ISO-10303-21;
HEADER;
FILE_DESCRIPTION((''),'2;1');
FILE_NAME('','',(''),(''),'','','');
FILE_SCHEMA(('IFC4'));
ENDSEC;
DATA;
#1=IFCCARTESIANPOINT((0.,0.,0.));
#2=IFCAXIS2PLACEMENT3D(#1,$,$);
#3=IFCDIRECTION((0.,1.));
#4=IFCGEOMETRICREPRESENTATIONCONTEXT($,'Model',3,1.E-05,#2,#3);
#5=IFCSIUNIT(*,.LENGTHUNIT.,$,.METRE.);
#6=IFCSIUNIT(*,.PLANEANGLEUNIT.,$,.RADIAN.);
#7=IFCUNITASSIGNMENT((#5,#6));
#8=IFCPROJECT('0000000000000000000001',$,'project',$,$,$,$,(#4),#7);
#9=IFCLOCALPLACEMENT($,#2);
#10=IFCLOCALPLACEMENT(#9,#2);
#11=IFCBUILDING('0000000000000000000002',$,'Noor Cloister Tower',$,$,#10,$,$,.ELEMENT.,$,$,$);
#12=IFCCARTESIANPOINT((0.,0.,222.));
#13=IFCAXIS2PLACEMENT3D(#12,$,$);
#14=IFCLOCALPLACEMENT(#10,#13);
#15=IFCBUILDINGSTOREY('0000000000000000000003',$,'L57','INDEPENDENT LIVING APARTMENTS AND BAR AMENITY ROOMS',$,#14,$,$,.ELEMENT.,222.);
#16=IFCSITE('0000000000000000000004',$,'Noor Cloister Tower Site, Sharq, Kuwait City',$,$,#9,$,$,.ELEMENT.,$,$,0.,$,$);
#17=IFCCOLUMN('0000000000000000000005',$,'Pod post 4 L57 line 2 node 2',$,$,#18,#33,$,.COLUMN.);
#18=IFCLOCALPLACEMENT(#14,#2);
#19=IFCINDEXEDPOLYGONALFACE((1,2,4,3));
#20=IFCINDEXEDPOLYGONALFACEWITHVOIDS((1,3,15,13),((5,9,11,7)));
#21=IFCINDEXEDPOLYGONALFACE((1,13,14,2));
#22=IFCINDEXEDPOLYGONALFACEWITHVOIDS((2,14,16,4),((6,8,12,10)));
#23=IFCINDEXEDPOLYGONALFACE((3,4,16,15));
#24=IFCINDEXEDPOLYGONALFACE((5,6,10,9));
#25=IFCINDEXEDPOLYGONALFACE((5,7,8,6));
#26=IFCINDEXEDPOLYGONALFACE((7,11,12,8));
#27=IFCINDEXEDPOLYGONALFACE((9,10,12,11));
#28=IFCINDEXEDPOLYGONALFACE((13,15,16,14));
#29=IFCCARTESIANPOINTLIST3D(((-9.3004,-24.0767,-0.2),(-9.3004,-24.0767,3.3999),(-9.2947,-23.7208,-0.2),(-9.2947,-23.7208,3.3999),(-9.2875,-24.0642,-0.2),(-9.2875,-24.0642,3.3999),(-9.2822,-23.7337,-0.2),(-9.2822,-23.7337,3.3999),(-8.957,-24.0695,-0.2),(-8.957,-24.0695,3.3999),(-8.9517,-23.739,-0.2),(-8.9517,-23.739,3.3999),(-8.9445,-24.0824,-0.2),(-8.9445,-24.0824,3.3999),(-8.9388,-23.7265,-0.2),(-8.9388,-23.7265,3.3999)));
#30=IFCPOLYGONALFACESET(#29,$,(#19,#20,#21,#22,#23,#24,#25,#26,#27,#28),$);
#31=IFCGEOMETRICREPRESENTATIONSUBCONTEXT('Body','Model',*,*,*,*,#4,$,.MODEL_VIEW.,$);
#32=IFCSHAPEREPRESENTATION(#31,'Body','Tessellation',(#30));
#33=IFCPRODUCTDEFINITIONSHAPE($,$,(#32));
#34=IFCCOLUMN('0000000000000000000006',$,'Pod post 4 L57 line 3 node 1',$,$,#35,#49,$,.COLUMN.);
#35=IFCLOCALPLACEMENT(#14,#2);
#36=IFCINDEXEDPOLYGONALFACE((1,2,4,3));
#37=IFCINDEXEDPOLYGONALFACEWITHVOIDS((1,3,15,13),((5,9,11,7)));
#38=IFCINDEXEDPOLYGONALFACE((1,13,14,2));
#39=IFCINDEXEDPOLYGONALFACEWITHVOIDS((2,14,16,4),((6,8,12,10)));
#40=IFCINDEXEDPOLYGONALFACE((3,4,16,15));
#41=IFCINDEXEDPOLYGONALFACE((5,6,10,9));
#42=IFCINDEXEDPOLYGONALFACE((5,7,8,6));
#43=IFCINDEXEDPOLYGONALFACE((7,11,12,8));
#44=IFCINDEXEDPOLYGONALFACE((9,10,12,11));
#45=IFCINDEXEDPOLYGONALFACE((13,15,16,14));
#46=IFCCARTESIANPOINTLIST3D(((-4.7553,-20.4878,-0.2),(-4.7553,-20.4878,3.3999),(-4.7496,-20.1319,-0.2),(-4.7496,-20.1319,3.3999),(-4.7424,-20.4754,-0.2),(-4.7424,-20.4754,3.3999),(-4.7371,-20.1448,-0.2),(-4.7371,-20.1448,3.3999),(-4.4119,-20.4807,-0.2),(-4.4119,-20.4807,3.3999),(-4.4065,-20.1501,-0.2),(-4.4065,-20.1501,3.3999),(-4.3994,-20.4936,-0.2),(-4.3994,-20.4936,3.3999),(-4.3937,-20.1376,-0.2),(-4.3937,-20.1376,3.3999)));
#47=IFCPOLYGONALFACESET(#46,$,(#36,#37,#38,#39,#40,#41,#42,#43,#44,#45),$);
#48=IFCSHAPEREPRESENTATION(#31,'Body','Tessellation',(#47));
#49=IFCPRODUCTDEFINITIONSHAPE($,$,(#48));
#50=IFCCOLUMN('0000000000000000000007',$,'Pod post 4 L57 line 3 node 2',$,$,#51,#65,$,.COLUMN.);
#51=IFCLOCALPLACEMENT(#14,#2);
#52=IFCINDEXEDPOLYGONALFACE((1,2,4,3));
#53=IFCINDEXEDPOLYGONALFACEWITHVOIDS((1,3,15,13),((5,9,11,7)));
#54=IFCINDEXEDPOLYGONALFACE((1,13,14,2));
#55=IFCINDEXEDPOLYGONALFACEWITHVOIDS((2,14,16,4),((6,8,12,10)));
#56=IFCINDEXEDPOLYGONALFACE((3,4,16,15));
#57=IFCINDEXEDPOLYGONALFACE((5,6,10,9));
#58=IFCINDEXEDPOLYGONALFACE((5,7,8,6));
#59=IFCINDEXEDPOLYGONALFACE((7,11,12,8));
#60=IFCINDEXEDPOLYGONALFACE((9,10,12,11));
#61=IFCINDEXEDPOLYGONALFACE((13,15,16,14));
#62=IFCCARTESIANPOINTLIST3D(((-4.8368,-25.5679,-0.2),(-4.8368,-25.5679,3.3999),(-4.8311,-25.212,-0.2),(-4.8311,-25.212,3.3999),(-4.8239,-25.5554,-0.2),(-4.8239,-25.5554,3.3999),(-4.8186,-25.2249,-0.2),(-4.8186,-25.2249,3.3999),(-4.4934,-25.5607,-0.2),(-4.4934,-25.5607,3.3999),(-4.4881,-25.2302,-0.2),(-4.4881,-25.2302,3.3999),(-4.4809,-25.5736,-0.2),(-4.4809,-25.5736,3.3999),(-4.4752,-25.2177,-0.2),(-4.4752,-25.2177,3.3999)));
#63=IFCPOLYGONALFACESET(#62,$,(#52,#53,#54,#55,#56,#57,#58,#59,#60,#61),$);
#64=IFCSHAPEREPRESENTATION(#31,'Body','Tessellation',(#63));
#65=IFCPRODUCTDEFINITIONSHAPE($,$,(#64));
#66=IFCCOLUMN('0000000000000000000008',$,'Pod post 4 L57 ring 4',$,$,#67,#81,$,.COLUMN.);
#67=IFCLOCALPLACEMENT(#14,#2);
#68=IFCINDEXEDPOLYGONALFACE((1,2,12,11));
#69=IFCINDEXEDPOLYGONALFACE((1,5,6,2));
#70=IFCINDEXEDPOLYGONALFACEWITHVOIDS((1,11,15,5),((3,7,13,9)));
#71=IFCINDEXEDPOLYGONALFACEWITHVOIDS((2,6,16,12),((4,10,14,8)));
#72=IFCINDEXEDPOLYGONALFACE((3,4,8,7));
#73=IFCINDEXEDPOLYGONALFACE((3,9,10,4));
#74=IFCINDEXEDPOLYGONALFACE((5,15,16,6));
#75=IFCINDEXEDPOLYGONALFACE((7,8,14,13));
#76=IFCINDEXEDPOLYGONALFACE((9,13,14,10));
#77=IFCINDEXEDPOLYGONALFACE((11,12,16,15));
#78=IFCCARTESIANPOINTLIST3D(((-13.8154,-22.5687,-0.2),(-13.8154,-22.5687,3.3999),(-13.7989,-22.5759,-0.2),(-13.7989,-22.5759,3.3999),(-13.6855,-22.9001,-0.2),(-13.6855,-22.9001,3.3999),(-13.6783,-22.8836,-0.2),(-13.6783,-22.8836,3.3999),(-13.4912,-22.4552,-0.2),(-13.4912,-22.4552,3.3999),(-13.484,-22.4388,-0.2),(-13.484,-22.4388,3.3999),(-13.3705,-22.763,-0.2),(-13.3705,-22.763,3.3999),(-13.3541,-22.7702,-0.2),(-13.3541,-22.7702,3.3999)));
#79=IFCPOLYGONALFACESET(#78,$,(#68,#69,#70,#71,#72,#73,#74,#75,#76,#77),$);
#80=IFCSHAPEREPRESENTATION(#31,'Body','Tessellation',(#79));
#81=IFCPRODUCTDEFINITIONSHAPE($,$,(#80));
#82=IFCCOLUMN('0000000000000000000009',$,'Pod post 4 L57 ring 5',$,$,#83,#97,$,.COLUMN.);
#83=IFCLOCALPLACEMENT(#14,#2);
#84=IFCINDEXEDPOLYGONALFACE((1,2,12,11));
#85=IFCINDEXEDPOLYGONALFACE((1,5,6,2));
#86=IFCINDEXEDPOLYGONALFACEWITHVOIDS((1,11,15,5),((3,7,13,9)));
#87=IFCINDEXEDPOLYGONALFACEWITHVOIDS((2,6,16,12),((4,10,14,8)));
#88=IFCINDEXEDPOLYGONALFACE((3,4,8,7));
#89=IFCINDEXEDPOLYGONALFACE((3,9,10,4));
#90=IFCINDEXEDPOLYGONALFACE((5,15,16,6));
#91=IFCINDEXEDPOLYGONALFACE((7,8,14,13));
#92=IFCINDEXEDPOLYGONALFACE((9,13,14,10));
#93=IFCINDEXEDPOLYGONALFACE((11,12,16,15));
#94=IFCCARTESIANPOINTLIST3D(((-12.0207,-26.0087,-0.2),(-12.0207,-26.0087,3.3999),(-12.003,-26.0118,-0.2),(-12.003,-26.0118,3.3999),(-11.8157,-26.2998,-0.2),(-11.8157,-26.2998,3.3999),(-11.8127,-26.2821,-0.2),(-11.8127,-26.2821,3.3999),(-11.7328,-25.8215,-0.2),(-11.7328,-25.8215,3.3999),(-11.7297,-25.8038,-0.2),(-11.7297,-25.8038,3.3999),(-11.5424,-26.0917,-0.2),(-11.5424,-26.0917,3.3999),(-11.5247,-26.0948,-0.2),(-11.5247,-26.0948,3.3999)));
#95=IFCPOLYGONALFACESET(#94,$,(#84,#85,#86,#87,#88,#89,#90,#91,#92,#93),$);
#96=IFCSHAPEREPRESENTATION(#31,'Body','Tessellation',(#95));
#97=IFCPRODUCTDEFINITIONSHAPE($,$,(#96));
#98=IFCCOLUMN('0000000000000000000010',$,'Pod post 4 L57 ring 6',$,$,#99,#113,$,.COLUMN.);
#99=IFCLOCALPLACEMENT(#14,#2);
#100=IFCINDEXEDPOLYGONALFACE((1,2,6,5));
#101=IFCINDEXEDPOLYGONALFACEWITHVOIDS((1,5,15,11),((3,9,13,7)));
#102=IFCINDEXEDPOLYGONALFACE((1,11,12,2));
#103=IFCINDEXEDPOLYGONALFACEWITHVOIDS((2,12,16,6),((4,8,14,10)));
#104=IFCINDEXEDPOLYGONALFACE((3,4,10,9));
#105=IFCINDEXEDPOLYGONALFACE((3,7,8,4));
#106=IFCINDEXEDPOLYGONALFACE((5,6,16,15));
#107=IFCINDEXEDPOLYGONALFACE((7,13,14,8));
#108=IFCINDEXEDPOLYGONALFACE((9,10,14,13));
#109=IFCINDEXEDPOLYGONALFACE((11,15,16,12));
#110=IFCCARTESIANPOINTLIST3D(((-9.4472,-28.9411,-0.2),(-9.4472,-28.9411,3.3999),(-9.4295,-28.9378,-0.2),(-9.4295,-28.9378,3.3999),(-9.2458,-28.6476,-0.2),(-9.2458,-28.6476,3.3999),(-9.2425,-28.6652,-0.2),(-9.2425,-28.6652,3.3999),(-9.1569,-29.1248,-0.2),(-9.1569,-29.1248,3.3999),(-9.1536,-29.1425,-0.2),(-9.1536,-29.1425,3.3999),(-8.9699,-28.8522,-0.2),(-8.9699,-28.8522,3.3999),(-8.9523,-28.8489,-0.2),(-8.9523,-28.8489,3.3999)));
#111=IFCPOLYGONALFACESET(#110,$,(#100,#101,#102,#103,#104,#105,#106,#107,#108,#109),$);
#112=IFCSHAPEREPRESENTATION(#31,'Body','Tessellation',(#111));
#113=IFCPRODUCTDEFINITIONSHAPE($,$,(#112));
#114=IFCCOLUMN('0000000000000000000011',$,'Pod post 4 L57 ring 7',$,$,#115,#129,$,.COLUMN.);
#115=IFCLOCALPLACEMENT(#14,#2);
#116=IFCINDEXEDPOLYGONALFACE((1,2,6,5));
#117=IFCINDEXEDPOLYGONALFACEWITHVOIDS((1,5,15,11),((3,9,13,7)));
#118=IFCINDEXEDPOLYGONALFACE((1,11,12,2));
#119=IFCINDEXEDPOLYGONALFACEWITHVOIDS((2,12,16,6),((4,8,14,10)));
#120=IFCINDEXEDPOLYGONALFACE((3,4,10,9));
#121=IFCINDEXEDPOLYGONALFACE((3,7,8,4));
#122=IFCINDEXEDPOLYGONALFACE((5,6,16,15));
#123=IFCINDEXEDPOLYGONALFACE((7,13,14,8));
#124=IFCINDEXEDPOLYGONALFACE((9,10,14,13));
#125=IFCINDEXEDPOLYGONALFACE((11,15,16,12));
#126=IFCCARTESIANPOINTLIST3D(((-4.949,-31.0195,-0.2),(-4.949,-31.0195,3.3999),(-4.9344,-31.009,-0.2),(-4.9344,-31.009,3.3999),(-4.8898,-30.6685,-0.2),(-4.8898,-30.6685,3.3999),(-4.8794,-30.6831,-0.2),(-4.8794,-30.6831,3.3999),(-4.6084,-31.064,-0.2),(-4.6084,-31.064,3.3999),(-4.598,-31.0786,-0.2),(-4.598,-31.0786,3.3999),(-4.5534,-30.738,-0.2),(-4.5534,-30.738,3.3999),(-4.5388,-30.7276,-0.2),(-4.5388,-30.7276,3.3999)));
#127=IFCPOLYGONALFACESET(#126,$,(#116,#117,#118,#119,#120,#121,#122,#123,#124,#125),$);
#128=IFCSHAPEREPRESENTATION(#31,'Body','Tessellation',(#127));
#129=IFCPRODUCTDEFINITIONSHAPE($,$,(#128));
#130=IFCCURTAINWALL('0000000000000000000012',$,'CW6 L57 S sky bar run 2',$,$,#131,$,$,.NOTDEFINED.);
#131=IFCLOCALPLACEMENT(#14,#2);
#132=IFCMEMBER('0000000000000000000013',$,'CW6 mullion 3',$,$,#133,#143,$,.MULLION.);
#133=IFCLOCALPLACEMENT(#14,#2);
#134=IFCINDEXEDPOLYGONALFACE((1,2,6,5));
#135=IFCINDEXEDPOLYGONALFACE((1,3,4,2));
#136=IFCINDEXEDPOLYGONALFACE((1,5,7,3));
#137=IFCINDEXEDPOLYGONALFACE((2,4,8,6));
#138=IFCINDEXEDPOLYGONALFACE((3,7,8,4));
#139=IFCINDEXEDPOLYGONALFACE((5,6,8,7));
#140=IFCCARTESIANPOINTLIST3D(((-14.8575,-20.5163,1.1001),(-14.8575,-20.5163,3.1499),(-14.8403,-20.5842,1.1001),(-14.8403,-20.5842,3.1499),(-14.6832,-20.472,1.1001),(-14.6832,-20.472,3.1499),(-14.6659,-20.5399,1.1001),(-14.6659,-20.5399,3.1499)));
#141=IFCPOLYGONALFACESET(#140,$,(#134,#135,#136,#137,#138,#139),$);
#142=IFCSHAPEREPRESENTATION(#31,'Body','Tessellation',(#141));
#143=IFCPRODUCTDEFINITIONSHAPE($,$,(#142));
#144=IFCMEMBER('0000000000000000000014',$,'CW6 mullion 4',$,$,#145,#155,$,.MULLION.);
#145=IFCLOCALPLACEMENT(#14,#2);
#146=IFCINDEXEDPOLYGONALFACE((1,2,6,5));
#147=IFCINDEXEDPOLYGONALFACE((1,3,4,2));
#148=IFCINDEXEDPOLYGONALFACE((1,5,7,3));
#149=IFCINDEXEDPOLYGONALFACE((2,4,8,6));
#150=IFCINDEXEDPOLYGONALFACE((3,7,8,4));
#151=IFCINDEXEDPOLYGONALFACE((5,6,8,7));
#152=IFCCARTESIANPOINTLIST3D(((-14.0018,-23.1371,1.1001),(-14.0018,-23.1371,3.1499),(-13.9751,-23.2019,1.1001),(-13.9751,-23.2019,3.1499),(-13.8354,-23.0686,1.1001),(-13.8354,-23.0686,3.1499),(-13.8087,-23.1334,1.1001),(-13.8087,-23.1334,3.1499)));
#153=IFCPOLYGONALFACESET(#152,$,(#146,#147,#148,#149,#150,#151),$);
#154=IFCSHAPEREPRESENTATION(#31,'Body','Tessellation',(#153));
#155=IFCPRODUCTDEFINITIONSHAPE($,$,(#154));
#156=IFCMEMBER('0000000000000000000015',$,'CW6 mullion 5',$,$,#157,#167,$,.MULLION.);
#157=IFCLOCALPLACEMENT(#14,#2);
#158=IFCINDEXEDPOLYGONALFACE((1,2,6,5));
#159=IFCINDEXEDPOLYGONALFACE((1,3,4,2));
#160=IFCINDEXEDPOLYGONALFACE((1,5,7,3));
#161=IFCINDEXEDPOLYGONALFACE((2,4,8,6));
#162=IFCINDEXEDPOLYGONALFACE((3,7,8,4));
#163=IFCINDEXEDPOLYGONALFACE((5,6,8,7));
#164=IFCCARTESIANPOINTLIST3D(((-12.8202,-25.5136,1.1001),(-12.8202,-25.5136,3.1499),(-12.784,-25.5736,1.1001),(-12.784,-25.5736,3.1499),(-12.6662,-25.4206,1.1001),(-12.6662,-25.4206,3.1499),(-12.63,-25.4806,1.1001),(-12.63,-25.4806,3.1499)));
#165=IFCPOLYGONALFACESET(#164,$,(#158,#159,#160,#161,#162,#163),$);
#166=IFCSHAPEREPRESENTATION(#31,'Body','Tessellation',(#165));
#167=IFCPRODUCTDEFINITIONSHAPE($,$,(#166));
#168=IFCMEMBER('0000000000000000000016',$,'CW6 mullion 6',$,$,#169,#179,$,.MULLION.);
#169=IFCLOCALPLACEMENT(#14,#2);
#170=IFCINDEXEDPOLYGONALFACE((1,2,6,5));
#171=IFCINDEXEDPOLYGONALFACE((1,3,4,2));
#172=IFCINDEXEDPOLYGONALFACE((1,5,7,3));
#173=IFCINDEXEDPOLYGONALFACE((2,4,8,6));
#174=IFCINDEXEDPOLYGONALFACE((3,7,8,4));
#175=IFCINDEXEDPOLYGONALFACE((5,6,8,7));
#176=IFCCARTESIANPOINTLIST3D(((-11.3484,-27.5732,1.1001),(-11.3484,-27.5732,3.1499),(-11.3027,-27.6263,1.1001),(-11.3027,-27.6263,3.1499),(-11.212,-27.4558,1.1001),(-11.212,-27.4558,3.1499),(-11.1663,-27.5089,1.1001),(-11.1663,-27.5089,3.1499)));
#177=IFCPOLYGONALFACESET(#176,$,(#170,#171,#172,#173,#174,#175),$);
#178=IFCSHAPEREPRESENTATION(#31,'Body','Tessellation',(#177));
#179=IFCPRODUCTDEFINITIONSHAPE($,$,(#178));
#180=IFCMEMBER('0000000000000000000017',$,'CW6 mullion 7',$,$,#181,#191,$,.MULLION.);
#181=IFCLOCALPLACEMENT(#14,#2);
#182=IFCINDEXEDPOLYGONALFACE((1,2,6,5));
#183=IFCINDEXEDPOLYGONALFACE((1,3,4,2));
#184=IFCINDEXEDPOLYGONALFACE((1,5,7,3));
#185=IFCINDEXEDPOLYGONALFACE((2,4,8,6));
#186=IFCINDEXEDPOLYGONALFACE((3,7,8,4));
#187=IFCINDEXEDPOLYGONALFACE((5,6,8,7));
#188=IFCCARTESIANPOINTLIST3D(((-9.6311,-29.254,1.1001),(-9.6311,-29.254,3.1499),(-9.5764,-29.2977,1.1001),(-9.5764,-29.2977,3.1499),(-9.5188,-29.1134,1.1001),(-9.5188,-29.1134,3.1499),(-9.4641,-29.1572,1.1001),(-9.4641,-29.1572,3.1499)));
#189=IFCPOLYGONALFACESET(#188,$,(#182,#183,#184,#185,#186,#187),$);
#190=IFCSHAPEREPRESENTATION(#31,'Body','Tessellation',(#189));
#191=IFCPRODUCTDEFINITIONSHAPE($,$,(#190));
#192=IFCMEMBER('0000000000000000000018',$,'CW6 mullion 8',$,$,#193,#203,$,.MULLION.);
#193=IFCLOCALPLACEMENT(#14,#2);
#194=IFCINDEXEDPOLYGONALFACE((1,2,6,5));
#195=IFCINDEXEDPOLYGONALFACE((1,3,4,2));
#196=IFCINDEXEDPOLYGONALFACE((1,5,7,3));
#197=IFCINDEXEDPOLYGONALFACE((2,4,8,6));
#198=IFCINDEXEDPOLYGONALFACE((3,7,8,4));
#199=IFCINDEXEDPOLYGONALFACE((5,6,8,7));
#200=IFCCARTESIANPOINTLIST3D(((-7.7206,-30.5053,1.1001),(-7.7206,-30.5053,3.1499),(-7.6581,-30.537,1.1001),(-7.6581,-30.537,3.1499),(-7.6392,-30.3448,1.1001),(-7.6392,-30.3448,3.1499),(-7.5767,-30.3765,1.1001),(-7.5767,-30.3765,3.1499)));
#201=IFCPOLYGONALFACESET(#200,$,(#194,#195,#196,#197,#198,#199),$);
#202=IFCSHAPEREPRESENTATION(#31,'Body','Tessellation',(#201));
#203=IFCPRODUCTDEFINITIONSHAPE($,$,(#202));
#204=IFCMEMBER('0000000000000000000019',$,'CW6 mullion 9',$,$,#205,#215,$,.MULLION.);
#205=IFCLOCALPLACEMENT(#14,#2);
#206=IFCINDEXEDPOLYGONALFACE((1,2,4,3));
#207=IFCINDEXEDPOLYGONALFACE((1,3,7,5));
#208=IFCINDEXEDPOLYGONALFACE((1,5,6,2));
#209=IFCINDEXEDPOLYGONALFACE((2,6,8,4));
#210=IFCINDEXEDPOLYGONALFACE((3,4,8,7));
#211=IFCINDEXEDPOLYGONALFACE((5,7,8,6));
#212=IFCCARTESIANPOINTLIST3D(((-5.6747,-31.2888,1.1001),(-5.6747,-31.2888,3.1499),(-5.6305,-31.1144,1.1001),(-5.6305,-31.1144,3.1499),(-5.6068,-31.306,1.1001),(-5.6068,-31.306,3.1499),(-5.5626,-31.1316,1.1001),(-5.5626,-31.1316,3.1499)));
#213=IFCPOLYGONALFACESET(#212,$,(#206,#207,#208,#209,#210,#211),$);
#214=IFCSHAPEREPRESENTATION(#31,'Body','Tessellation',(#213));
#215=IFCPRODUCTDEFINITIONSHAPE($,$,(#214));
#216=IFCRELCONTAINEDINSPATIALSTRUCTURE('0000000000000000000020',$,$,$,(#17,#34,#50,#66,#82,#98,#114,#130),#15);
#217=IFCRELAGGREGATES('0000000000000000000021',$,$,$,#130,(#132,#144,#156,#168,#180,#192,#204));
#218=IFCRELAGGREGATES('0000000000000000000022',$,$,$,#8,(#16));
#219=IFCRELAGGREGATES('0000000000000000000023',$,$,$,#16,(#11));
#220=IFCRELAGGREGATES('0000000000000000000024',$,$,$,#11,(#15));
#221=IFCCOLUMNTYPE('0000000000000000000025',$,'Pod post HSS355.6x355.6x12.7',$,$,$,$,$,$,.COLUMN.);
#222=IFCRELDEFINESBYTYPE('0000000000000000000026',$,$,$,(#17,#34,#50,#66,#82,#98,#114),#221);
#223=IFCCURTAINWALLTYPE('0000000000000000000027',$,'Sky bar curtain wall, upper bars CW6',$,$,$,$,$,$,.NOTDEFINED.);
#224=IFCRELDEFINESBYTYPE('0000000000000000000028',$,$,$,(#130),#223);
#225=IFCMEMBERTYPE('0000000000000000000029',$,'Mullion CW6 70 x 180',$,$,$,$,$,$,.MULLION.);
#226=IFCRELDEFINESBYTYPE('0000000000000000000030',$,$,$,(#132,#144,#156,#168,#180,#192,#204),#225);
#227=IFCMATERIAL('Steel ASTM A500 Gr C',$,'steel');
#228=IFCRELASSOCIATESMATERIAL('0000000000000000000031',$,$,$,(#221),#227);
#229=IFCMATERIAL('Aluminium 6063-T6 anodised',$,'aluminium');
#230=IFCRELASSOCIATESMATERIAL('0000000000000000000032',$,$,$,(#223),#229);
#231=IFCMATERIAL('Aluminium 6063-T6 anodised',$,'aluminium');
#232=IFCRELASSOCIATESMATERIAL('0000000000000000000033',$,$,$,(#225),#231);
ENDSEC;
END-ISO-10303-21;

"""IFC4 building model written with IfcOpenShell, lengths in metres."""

from ifc_helpers import new_model, si_unit, direction, frame, origin, origin_2d, place, context, subcontext, project, spatial, rectangle, hollow_rectangle, extrude, material, material_profile, profile_set, type_object, element, aggregate, save


model = new_model("IFC4")

# Units and contexts
model_context = context("Model", 3, precision=1e-05, world=origin(), true_north=direction((0.0, 1.0)))
body_context = subcontext(model_context, "Body", "Model", "MODEL_VIEW")
ifc_project = project(units=[si_unit("LENGTHUNIT", "METRE"), si_unit("PLANEANGLEUNIT", "RADIAN")], contexts=[model_context])

# Site, building, storey
site_placement = place(None, origin())
site = spatial("IfcSite", under=ifc_project, at=site_placement, Name="Noor Cloister Tower Site, Sharq, Kuwait City", CompositionType="ELEMENT", RefElevation=0.0)
building_placement = place(site_placement, origin())
building = spatial("IfcBuilding", under=site, at=building_placement, Name="Noor Cloister Tower", CompositionType="ELEMENT")
storey_placement = place(building_placement, frame((0.0, 0.0, 222.0)))
storey = spatial("IfcBuildingStorey", under=building, at=storey_placement, Name="L57", Description="INDEPENDENT LIVING APARTMENTS AND BAR AMENITY ROOMS", CompositionType="ELEMENT", Elevation=222.0)

# Columns
ifc_material_1 = material(Name="Steel ASTM A500 Gr C", Category="steel")
ifc_material_profile_1 = material_profile(ifc_material_1, hollow_rectangle(XDim=0.356, YDim=0.356, WallThickness=0.0127, at=origin_2d()), Name="HSS355.6x355.6x12.7")
ifc_profile_set_1 = profile_set([ifc_material_profile_1], Name="Steel ASTM A500 Gr C")
column_type = type_object("IfcColumnType", Name="Pod post HSS355.6x355.6x12.7", PredefinedType="COLUMN", material=ifc_profile_set_1)
for number, where, z_axis, x_axis, name in (
    (1, (-9.1196, -23.9016, -0.2), (0.0, 0.0, 1.0), (-0.016039, -0.999871, 0.0), "Pod post 4 L57 line 2 node 2"),
    (2, (-4.5745, -20.3127, -0.2), (0.0, 0.0, 1.0), (-0.016039, -0.999871, 0.0), "Pod post 4 L57 line 3 node 1"),
    (3, (-4.656, -25.3928, -0.2), (0.0, 0.0, 1.0), (-0.016039, -0.999871, 0.0), "Pod post 4 L57 line 3 node 2"),
    (4, (-13.5847, -22.6694, -0.2), (0.0, 0.0, 1.0), (0.364969, -0.93102, 0.0), "Pod post 4 L57 ring 4"),
    (5, (-11.7727, -26.0518, -0.2), (0.0, 0.0, 1.0), (0.575844, -0.817559, 0.0), "Pod post 4 L57 ring 5"),
    (6, (-9.1997, -28.895, -0.2), (0.0, 0.0, 1.0), (0.824617, -0.565692, 0.0), "Pod post 4 L57 ring 6"),
    (7, (-4.7439, -30.8735, -0.2), (0.0, 0.0, 1.0), (0.98609, -0.166213, 0.0), "Pod post 4 L57 ring 7"),
):
    element("IfcColumn", number, at=place(storey_placement, frame(where, z_axis=z_axis, x_axis=x_axis)), inside=storey, type_object=column_type, Name=name, PredefinedType="COLUMN", context=body_context, shape_type="SweptSolid", body=[
        extrude(hollow_rectangle(XDim=0.356, YDim=0.356, WallThickness=0.0127, at=origin_2d()), origin(), (0.0, 0.0, 1.0), 3.5999),
    ])

# Curtain wall, members
ifc_material_2 = material(Name="Aluminium 6063-T6 anodised", Category="aluminium")
curtain_wall_type = type_object("IfcCurtainWallType", Name="Sky bar curtain wall, upper bars CW6", PredefinedType="NOTDEFINED", material=ifc_material_2)
curtain_wall_placement = place(storey_placement, origin())
curtain_wall = element("IfcCurtainWall", 8, at=curtain_wall_placement, inside=storey, type_object=curtain_wall_type, Name="CW6 L57 S sky bar run 2", PredefinedType="NOTDEFINED")
ifc_material_3 = material(Name="Aluminium 6063-T6 anodised", Category="aluminium")
ifc_material_profile_2 = material_profile(ifc_material_3, rectangle(XDim=0.1799, YDim=0.0701, at=origin_2d()), Name="180 x 70 mullion")
ifc_profile_set_2 = profile_set([ifc_material_profile_2], Name="Aluminium 6063-T6 anodised")
member_type = type_object("IfcMemberType", Name="Mullion CW6 70 x 180", PredefinedType="MULLION", material=ifc_profile_set_2)
member_1_placement = place(storey_placement, frame((-14.7617, -20.5281, 1.1001), z_axis=(0.0, 0.0, 1.0), x_axis=(0.969193, 0.246301, 0.0)))
member_1 = element("IfcMember", 9, at=member_1_placement, type_object=member_type, Name="CW6 mullion 3", PredefinedType="MULLION", context=body_context, shape_type="SweptSolid", body=[
    extrude(rectangle(XDim=0.1799, YDim=0.0701, at=origin_2d()), origin(), (0.0, 0.0, 1.0), 2.0498),
])
member_2_placement = place(storey_placement, frame((-13.9053, -23.1353, 1.1001), z_axis=(0.0, 0.0, 1.0), x_axis=(0.924752, 0.38057, 0.0)))
member_2 = element("IfcMember", 10, at=member_2_placement, type_object=member_type, Name="CW6 mullion 4", PredefinedType="MULLION", context=body_context, shape_type="SweptSolid", body=[
    extrude(rectangle(XDim=0.1799, YDim=0.0701, at=origin_2d()), origin(), (0.0, 0.0, 1.0), 2.0498),
])
member_3_placement = place(storey_placement, frame((-12.7251, -25.4971, 1.1001), z_axis=(0.0, 0.0, 1.0), x_axis=(0.856104, 0.516804, 0.0)))
member_3 = element("IfcMember", 11, at=member_3_placement, type_object=member_type, Name="CW6 mullion 5", PredefinedType="MULLION", context=body_context, shape_type="SweptSolid", body=[
    extrude(rectangle(XDim=0.1799, YDim=0.0701, at=origin_2d()), origin(), (0.0, 0.0, 1.0), 2.0498),
])
member_4_placement = place(storey_placement, frame((-11.2573, -27.541, 1.1001), z_axis=(0.0, 0.0, 1.0), x_axis=(0.757871, 0.652405, 0.0)))
member_4 = element("IfcMember", 12, at=member_4_placement, type_object=member_type, Name="CW6 mullion 6", PredefinedType="MULLION", context=body_context, shape_type="SweptSolid", body=[
    extrude(rectangle(XDim=0.1799, YDim=0.0701, at=origin_2d()), origin(), (0.0, 0.0, 1.0), 2.0498),
])
member_5_placement = place(storey_placement, frame((-9.5476, -29.2056, 1.1001), z_axis=(0.0, 0.0, 1.0), x_axis=(0.62441, 0.781097, 0.0)))
member_5 = element("IfcMember", 13, at=member_5_placement, type_object=member_type, Name="CW6 mullion 7", PredefinedType="MULLION", context=body_context, shape_type="SweptSolid", body=[
    extrude(rectangle(XDim=0.1799, YDim=0.0701, at=origin_2d()), origin(), (0.0, 0.0, 1.0), 2.0498),
])
member_6_placement = place(storey_placement, frame((-7.6487, -30.4409, 1.1001), z_axis=(0.0, 0.0, 1.0), x_axis=(0.452451, 0.891789, 0.0)))
member_6 = element("IfcMember", 14, at=member_6_placement, type_object=member_type, Name="CW6 mullion 8", PredefinedType="MULLION", context=body_context, shape_type="SweptSolid", body=[
    extrude(rectangle(XDim=0.1799, YDim=0.0701, at=origin_2d()), origin(), (0.0, 0.0, 1.0), 2.0498),
])
member_7_placement = place(storey_placement, frame((-5.6187, -31.2102, 1.1001), z_axis=(0.0, 0.0, 1.0), x_axis=(0.245277, 0.969453, 0.0)))
member_7 = element("IfcMember", 15, at=member_7_placement, type_object=member_type, Name="CW6 mullion 9", PredefinedType="MULLION", context=body_context, shape_type="SweptSolid", body=[
    extrude(rectangle(XDim=0.1799, YDim=0.0701, at=origin_2d()), origin(), (0.0, 0.0, 1.0), 2.0498),
])

aggregate(curtain_wall, [member_1, member_2, member_3, member_4, member_5, member_6, member_7])

save(model, "model.ifc")
